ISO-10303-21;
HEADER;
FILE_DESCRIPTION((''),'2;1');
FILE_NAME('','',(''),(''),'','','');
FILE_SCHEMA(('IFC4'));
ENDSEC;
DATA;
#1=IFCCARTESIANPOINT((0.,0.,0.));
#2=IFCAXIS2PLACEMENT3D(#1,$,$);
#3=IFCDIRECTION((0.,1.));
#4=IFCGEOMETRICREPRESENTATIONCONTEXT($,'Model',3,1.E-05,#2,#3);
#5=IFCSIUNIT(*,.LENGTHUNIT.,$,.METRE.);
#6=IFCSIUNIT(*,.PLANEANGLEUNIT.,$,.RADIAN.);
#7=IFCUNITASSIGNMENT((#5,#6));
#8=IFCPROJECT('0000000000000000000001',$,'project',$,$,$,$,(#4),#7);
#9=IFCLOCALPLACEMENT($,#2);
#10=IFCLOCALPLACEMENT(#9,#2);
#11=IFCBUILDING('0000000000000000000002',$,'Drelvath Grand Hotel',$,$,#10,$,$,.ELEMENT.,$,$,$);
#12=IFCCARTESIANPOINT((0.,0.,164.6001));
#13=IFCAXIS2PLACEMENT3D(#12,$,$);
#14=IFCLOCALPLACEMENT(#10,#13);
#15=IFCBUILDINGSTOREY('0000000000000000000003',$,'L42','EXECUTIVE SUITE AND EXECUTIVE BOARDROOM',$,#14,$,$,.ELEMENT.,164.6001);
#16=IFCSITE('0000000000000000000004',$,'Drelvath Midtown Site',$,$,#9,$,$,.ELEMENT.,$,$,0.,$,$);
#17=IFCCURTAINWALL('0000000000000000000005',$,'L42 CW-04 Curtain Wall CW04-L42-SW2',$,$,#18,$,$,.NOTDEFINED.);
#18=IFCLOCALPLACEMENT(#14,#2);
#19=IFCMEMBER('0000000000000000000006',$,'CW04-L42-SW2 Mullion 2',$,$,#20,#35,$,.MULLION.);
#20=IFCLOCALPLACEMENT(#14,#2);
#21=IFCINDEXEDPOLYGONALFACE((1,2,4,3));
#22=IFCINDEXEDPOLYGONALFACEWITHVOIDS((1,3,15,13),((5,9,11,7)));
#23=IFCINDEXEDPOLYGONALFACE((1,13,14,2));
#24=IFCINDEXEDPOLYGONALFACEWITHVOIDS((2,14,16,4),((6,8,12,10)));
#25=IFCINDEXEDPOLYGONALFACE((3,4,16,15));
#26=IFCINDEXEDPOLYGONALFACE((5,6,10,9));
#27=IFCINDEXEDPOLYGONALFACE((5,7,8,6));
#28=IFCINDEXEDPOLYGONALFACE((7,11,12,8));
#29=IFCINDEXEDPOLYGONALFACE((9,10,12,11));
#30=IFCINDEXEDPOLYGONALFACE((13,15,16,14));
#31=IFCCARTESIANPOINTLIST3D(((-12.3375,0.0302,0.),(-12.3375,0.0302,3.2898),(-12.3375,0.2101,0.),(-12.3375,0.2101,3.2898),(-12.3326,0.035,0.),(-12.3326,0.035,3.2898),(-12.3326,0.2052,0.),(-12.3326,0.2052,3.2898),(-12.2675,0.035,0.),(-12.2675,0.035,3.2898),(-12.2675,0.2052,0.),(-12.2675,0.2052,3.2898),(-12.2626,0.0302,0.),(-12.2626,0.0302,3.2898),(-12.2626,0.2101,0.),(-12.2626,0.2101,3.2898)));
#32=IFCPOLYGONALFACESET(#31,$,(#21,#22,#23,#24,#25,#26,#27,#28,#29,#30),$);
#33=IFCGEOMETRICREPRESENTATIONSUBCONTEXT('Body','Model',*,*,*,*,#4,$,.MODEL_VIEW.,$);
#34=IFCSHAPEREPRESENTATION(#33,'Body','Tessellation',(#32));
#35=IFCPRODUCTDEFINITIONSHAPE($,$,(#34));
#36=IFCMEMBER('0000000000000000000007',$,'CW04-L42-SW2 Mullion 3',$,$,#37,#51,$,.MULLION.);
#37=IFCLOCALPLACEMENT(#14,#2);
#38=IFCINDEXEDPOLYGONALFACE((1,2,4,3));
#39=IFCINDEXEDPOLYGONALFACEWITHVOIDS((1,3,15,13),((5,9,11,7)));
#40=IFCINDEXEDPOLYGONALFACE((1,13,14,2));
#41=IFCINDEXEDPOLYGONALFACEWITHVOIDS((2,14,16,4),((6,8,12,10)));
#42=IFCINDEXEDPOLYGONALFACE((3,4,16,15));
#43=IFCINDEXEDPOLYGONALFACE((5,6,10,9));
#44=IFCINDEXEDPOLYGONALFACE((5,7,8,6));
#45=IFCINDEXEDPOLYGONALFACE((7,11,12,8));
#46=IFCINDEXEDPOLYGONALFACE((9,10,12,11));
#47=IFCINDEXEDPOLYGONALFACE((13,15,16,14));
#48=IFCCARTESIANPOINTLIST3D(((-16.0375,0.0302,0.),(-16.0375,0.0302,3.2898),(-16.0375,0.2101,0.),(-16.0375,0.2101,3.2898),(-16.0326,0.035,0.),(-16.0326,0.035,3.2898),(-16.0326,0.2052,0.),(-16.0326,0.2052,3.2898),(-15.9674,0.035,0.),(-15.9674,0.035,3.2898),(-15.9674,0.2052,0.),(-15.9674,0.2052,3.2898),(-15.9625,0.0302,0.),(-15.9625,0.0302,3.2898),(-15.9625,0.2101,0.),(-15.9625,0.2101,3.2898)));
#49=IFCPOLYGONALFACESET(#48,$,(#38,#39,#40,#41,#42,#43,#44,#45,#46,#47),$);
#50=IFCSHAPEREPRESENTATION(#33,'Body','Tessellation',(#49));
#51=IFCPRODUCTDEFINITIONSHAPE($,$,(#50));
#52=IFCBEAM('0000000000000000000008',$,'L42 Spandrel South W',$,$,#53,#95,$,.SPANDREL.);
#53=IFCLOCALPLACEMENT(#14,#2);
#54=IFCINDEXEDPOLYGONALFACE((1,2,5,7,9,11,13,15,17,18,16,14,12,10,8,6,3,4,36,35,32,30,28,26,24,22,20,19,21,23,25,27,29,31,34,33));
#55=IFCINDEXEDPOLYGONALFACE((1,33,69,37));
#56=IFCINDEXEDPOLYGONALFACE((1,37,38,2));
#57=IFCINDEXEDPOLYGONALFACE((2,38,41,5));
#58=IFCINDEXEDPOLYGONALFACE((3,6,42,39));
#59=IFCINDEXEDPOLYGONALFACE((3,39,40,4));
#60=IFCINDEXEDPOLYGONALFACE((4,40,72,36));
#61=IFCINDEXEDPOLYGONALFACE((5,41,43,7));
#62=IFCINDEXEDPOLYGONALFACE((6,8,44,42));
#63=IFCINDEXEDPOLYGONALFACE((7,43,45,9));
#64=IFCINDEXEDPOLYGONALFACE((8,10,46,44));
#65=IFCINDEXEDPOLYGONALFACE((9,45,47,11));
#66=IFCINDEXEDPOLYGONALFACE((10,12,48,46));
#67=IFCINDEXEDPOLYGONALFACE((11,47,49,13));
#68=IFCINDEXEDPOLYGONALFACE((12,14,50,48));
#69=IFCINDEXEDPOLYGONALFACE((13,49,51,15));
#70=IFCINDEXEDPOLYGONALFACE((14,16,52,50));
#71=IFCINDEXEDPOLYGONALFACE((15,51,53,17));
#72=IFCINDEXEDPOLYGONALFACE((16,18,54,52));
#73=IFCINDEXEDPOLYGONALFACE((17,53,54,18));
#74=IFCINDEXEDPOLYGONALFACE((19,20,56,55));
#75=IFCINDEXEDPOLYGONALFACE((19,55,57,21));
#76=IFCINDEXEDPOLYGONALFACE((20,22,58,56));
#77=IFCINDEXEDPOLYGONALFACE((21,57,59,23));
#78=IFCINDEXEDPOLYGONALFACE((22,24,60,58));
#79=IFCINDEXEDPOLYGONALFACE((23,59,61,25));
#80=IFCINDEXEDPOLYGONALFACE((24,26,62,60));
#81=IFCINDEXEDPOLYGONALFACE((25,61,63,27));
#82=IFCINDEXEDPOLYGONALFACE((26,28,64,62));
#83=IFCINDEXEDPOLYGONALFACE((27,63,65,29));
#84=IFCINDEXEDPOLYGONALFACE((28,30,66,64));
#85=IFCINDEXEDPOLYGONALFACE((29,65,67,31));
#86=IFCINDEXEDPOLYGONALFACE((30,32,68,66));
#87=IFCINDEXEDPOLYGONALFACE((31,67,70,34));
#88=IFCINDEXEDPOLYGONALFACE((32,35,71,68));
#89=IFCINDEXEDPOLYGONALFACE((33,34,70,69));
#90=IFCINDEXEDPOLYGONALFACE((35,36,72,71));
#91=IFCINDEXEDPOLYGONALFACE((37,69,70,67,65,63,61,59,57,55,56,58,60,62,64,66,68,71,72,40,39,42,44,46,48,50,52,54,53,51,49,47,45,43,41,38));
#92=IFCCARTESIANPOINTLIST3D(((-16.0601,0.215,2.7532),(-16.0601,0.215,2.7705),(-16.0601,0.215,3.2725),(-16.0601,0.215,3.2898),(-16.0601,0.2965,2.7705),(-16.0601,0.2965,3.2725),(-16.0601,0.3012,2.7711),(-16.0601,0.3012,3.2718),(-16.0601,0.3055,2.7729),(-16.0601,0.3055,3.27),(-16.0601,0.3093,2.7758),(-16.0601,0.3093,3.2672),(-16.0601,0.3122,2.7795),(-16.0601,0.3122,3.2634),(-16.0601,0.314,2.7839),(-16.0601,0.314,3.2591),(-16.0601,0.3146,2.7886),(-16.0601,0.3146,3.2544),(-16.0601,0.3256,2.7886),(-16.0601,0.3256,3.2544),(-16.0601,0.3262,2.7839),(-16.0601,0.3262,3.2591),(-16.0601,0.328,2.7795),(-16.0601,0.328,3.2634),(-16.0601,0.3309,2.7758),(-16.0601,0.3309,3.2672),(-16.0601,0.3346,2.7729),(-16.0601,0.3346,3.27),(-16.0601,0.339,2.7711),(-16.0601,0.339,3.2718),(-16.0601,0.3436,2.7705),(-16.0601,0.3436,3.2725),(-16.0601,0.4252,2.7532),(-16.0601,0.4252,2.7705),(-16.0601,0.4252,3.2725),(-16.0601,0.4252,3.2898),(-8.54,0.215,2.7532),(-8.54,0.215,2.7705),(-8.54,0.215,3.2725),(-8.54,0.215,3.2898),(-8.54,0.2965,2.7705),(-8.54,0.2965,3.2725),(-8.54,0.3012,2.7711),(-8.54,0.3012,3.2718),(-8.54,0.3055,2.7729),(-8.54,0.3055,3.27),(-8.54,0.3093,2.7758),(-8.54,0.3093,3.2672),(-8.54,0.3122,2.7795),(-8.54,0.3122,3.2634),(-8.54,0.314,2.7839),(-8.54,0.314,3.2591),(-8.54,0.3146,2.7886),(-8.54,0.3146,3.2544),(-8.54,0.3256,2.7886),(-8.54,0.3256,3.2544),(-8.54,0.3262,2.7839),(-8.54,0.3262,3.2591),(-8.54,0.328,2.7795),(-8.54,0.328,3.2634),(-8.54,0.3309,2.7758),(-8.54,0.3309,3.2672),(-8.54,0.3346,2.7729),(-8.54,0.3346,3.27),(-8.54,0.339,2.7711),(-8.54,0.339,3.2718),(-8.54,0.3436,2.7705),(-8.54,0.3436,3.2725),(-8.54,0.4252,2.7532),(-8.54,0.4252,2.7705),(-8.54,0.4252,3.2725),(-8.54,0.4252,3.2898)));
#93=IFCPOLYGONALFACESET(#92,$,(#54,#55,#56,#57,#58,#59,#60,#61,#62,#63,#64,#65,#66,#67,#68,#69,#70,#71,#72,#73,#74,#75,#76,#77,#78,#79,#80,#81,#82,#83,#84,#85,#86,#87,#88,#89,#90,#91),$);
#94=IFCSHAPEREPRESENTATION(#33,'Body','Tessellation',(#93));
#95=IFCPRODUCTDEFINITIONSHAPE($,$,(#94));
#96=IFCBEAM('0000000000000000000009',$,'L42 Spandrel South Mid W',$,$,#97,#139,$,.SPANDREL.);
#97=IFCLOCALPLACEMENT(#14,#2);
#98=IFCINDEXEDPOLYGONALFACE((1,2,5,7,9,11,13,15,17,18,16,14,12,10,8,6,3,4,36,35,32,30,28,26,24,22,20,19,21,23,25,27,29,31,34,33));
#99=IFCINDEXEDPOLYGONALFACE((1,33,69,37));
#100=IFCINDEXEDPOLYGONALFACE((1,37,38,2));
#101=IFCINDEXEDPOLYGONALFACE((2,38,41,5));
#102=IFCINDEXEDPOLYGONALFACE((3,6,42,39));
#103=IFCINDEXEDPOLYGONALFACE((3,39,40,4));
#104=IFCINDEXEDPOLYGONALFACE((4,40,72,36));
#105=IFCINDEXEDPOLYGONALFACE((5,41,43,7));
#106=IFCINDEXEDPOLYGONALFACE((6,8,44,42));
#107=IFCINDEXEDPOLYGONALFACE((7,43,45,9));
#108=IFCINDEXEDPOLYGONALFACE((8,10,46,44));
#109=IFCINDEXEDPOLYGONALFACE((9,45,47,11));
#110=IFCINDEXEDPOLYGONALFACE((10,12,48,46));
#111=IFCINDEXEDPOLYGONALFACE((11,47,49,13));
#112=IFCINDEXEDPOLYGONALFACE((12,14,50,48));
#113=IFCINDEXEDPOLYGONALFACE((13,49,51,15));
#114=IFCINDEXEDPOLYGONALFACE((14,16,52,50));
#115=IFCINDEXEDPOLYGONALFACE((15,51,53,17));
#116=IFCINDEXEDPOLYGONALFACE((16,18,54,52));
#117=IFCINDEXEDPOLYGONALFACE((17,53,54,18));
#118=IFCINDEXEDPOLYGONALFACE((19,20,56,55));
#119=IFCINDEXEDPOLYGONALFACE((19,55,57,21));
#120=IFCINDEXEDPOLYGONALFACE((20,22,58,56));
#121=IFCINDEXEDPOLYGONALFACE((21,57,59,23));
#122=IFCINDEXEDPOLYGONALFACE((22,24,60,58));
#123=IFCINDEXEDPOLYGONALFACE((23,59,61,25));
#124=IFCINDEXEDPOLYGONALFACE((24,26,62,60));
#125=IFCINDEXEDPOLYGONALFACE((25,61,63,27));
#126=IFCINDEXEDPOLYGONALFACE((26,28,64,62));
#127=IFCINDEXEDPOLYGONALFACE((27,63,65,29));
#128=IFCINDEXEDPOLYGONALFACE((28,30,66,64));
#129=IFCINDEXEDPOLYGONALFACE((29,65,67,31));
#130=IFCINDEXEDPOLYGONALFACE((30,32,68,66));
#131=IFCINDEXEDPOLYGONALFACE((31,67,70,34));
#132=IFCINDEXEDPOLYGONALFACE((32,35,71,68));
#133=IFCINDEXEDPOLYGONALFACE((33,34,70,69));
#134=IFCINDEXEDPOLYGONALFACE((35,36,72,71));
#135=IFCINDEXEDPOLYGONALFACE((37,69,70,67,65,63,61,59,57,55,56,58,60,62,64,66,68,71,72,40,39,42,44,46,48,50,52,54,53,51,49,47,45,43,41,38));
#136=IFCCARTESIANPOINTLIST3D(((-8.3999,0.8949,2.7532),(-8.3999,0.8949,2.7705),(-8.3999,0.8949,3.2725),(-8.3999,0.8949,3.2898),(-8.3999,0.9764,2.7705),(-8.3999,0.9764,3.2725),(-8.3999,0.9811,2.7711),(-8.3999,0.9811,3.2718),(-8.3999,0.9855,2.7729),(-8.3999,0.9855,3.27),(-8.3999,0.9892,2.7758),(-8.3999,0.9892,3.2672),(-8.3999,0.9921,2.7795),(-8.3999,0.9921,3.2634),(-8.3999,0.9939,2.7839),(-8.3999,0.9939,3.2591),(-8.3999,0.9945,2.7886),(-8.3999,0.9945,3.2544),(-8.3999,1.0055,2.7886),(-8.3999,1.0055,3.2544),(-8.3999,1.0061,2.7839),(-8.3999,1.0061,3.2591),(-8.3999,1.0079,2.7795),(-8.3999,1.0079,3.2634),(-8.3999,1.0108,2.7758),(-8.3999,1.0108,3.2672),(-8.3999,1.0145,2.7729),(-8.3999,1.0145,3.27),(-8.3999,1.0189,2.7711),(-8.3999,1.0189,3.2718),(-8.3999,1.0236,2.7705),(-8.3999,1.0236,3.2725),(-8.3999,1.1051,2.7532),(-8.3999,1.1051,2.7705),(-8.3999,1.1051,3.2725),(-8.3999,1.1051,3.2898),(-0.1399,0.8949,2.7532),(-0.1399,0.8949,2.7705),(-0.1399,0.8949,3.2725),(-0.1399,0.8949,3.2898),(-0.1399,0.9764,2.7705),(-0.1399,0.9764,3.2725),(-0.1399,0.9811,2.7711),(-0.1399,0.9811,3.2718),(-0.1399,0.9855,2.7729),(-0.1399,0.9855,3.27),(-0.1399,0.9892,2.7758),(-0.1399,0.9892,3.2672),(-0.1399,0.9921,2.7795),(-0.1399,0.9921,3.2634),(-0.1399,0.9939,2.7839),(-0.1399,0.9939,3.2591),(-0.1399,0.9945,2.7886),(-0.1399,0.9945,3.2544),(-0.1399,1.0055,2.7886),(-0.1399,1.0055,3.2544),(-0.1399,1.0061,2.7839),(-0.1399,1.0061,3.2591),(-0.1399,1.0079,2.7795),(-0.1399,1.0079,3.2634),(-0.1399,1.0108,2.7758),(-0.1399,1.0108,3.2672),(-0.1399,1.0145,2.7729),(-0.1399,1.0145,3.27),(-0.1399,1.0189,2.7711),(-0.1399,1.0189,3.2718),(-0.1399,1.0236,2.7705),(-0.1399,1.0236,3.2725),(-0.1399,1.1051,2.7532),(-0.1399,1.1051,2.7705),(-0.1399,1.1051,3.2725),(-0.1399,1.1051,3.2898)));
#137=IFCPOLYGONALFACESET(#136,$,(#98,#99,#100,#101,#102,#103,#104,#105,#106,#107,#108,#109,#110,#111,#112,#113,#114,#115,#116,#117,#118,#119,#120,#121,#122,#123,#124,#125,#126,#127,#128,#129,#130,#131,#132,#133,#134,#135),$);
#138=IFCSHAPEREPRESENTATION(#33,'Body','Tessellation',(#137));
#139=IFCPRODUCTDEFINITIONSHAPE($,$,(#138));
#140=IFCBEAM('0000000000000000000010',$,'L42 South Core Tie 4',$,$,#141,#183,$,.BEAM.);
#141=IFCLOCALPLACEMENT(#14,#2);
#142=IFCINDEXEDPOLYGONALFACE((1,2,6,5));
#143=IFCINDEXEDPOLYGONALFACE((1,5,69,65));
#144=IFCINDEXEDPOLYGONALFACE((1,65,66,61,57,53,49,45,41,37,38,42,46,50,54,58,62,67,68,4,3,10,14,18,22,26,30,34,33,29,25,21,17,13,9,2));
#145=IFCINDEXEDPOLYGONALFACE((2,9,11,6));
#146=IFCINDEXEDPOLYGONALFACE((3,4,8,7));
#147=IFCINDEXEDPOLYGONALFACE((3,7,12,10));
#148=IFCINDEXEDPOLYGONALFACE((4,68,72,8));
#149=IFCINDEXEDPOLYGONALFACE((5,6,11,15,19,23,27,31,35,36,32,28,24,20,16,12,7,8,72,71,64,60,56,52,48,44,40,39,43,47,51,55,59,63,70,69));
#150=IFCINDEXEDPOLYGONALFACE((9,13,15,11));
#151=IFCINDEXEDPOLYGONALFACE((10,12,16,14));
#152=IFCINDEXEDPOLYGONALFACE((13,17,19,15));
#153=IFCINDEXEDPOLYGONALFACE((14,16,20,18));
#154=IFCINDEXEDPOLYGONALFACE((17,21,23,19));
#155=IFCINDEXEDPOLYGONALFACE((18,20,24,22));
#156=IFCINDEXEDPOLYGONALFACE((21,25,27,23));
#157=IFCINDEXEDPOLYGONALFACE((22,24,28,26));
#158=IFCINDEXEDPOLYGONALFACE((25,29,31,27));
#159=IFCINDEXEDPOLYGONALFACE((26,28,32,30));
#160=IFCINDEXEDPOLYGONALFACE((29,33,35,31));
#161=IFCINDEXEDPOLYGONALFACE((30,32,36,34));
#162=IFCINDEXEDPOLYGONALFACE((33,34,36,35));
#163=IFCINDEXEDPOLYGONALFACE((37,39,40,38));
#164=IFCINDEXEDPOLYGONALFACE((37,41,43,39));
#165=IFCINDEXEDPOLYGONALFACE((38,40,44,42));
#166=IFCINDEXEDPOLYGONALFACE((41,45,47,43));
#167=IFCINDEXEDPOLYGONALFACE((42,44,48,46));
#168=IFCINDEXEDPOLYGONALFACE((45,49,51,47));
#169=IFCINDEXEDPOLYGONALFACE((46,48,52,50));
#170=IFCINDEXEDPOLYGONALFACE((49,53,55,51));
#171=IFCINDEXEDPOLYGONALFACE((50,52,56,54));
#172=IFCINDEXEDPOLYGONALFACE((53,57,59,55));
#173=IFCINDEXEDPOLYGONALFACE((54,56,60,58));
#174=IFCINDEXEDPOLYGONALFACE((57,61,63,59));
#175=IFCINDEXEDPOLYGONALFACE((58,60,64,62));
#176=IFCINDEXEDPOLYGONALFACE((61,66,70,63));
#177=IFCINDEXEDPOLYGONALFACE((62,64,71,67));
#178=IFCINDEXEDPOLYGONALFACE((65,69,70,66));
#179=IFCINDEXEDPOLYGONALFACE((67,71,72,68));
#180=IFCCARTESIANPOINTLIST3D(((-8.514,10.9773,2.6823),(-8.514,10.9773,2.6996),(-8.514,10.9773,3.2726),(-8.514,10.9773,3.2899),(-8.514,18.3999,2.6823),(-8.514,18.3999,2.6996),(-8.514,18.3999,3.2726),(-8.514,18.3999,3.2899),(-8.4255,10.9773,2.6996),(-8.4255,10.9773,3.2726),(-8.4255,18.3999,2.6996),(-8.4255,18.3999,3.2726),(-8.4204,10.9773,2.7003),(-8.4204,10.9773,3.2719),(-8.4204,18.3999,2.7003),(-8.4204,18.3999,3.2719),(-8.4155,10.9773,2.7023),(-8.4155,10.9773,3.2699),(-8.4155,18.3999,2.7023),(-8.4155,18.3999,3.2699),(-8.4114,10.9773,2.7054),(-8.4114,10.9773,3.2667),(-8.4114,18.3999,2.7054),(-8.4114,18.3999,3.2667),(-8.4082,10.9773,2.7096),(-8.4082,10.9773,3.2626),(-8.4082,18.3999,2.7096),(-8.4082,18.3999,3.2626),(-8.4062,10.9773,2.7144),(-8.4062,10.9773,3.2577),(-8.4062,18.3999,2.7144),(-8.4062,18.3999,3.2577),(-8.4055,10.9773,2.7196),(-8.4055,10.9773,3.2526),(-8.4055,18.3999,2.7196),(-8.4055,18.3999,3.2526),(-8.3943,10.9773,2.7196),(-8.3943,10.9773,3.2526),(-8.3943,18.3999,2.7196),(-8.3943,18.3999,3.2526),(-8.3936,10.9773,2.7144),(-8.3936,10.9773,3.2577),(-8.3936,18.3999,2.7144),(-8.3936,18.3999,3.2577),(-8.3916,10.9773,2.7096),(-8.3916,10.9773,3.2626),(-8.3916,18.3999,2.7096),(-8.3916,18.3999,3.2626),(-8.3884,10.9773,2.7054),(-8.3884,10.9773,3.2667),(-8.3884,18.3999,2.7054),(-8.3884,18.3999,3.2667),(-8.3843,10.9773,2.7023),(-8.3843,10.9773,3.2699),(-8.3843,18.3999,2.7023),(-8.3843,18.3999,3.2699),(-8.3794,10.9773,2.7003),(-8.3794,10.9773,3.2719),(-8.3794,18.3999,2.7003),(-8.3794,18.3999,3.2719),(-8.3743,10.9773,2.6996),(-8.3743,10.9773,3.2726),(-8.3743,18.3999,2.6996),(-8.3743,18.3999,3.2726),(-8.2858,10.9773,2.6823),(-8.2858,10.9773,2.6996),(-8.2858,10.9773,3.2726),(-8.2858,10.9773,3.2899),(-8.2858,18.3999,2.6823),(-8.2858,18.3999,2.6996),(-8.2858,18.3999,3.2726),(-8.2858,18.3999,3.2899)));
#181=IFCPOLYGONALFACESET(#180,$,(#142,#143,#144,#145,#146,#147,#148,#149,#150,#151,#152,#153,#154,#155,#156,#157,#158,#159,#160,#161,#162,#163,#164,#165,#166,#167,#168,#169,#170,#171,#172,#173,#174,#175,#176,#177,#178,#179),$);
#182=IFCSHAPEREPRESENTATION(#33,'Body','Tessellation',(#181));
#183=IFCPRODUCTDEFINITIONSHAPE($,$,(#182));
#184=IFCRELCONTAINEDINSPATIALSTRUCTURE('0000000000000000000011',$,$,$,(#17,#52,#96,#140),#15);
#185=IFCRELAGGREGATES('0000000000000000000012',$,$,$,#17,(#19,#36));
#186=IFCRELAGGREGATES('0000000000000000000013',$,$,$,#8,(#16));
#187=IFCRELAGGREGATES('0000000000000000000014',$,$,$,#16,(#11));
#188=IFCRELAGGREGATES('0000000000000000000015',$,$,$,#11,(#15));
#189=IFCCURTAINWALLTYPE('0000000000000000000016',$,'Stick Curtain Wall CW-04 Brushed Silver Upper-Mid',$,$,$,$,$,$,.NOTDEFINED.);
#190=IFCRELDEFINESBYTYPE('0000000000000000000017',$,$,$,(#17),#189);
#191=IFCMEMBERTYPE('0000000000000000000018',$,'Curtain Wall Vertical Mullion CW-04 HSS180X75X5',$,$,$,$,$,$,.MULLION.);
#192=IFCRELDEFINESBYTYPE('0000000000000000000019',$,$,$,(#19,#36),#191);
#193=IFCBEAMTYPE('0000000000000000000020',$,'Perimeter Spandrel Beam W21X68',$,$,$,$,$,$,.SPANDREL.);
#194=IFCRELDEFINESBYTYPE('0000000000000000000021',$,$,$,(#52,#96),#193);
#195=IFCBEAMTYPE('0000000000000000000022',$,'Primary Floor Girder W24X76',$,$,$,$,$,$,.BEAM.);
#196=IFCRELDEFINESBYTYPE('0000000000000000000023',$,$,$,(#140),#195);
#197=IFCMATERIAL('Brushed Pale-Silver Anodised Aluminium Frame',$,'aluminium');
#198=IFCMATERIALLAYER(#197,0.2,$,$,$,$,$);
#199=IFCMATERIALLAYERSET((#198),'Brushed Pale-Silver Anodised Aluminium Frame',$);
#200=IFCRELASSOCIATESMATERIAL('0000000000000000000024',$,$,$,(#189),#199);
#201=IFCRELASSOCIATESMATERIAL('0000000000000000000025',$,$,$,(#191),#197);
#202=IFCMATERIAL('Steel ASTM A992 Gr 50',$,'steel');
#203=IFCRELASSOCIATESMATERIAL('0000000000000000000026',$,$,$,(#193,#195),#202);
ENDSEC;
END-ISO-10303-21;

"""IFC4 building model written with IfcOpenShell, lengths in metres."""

from ifc_helpers import new_model, si_unit, direction, frame, origin, origin_2d, place, context, subcontext, project, spatial, hollow_rectangle, i_section, extrude, material, layer, layer_set, material_profile, profile_set, type_object, element, aggregate, save


model = new_model("IFC4")

# Units and contexts
model_context = context("Model", 3, precision=1e-05, world=origin(), true_north=direction((0.0, 1.0)))
body_context = subcontext(model_context, "Body", "Model", "MODEL_VIEW")
ifc_project = project(units=[si_unit("LENGTHUNIT", "METRE"), si_unit("PLANEANGLEUNIT", "RADIAN")], contexts=[model_context])

# Site, building, storey
site_placement = place(None, origin())
site = spatial("IfcSite", under=ifc_project, at=site_placement, Name="Drelvath Midtown Site", CompositionType="ELEMENT", RefElevation=0.0)
building_placement = place(site_placement, origin())
building = spatial("IfcBuilding", under=site, at=building_placement, Name="Drelvath Grand Hotel", CompositionType="ELEMENT")
storey_placement = place(building_placement, frame((0.0, 0.0, 164.6001)))
storey = spatial("IfcBuildingStorey", under=building, at=storey_placement, Name="L42", Description="EXECUTIVE SUITE AND EXECUTIVE BOARDROOM", CompositionType="ELEMENT", Elevation=164.6001)

# Shared definitions
ifc_material_1 = material(Name="Steel ASTM A992 Gr 50", Category="steel")

# Curtain wall
ifc_material_2 = material(Name="Brushed Pale-Silver Anodised Aluminium Frame", Category="aluminium")
ifc_layer_1 = layer(ifc_material_2, 0.2)
ifc_layer_set_1 = layer_set([ifc_layer_1], Name="Brushed Pale-Silver Anodised Aluminium Frame")
curtain_wall_type = type_object("IfcCurtainWallType", Name="Stick Curtain Wall CW-04 Brushed Silver Upper-Mid", PredefinedType="NOTDEFINED", material=ifc_layer_set_1)
curtain_wall_1_placement = place(storey_placement, origin())
curtain_wall_1 = element("IfcCurtainWall", 1, at=curtain_wall_1_placement, inside=storey, type_object=curtain_wall_type, Name="L42 CW-04 Curtain Wall CW04-L42-SW2", PredefinedType="NOTDEFINED")

# Shared definitions
ifc_material_profile_1 = material_profile(ifc_material_2, hollow_rectangle(XDim=0.075, YDim=0.1799, WallThickness=0.0049, at=origin_2d()), Name="HSS180X75X5")
ifc_profile_set_1 = profile_set([ifc_material_profile_1], Name="Brushed Pale-Silver Anodised Aluminium Frame")
member_type_1 = type_object("IfcMemberType", Name="Curtain Wall Vertical Mullion CW-04 HSS180X75X5", PredefinedType="MULLION", material=ifc_profile_set_1)

# Members
member_1_placement = place(storey_placement, frame((-12.3, 0.1201, 0.0), z_axis=(0.0, 0.0, 1.0), x_axis=(1.0, 0.0, 0.0)))
member_1 = element("IfcMember", 2, at=member_1_placement, type_object=member_type_1, Name="CW04-L42-SW2 Mullion 2", PredefinedType="MULLION", context=body_context, shape_type="SweptSolid", body=[
    extrude(hollow_rectangle(XDim=0.075, YDim=0.1799, WallThickness=0.0049, at=origin_2d()), origin(), (0.0, 0.0, 1.0), 3.2898),
])
member_2_placement = place(storey_placement, frame((-16.0, 0.1201, 0.0), z_axis=(0.0, 0.0, 1.0), x_axis=(1.0, 0.0, 0.0)))
member_2 = element("IfcMember", 3, at=member_2_placement, type_object=member_type_1, Name="CW04-L42-SW2 Mullion 3", PredefinedType="MULLION", context=body_context, shape_type="SweptSolid", body=[
    extrude(hollow_rectangle(XDim=0.075, YDim=0.1799, WallThickness=0.0049, at=origin_2d()), origin(), (0.0, 0.0, 1.0), 3.2898),
])

# Beams
ifc_material_profile_2 = material_profile(ifc_material_1, i_section(OverallWidth=0.2102, OverallDepth=0.5366, WebThickness=0.011, FlangeThickness=0.0173, FilletRadius=0.0181, at=origin_2d()), Name="W21X68")
ifc_profile_set_2 = profile_set([ifc_material_profile_2], Name="Steel ASTM A992 Gr 50")
beam_type_1 = type_object("IfcBeamType", Name="Perimeter Spandrel Beam W21X68", PredefinedType="SPANDREL", material=ifc_profile_set_2)
beam_1_placement = place(storey_placement, frame((-16.0601, 0.3201, 3.0215), z_axis=(1.0, 0.0, 0.0), x_axis=(0.0, 1.0, 0.0)))
element("IfcBeam", 4, at=beam_1_placement, inside=storey, type_object=beam_type_1, Name="L42 Spandrel South W", PredefinedType="SPANDREL", context=body_context, shape_type="SweptSolid", body=[
    extrude(i_section(OverallWidth=0.2102, OverallDepth=0.5366, WebThickness=0.011, FlangeThickness=0.0173, FilletRadius=0.0181, at=origin_2d()), origin(), (0.0, 0.0, 1.0), 7.52),
])
beam_2_placement = place(storey_placement, frame((-8.3999, 1.0, 3.0215), z_axis=(1.0, 0.0, 0.0), x_axis=(0.0, 1.0, 0.0)))
element("IfcBeam", 5, at=beam_2_placement, inside=storey, type_object=beam_type_1, Name="L42 Spandrel South Mid W", PredefinedType="SPANDREL", context=body_context, shape_type="SweptSolid", body=[
    extrude(i_section(OverallWidth=0.2102, OverallDepth=0.5366, WebThickness=0.011, FlangeThickness=0.0173, FilletRadius=0.0181, at=origin_2d()), origin(), (0.0, 0.0, 1.0), 8.26),
])
ifc_material_profile_3 = material_profile(ifc_material_1, i_section(OverallWidth=0.2283, OverallDepth=0.6077, WebThickness=0.0112, FlangeThickness=0.0173, FilletRadius=0.02, at=origin_2d()), Name="W24X76")
ifc_profile_set_3 = profile_set([ifc_material_profile_3], Name="Steel ASTM A992 Gr 50")
beam_type_2 = type_object("IfcBeamType", Name="Primary Floor Girder W24X76", PredefinedType="BEAM", material=ifc_profile_set_3)
beam_3_placement = place(storey_placement, frame((-8.3999, 10.9773, 2.9861), z_axis=(0.0, 1.0, 0.0), x_axis=(-1.0, 0.0, 0.0)))
element("IfcBeam", 6, at=beam_3_placement, inside=storey, type_object=beam_type_2, Name="L42 South Core Tie 4", PredefinedType="BEAM", context=body_context, shape_type="SweptSolid", body=[
    extrude(i_section(OverallWidth=0.2283, OverallDepth=0.6077, WebThickness=0.0112, FlangeThickness=0.0173, FilletRadius=0.02, at=origin_2d()), origin(), (0.0, 0.0, 1.0), 7.4226),
])

aggregate(curtain_wall_1, [member_1, member_2])

save(model, "model.ifc")
